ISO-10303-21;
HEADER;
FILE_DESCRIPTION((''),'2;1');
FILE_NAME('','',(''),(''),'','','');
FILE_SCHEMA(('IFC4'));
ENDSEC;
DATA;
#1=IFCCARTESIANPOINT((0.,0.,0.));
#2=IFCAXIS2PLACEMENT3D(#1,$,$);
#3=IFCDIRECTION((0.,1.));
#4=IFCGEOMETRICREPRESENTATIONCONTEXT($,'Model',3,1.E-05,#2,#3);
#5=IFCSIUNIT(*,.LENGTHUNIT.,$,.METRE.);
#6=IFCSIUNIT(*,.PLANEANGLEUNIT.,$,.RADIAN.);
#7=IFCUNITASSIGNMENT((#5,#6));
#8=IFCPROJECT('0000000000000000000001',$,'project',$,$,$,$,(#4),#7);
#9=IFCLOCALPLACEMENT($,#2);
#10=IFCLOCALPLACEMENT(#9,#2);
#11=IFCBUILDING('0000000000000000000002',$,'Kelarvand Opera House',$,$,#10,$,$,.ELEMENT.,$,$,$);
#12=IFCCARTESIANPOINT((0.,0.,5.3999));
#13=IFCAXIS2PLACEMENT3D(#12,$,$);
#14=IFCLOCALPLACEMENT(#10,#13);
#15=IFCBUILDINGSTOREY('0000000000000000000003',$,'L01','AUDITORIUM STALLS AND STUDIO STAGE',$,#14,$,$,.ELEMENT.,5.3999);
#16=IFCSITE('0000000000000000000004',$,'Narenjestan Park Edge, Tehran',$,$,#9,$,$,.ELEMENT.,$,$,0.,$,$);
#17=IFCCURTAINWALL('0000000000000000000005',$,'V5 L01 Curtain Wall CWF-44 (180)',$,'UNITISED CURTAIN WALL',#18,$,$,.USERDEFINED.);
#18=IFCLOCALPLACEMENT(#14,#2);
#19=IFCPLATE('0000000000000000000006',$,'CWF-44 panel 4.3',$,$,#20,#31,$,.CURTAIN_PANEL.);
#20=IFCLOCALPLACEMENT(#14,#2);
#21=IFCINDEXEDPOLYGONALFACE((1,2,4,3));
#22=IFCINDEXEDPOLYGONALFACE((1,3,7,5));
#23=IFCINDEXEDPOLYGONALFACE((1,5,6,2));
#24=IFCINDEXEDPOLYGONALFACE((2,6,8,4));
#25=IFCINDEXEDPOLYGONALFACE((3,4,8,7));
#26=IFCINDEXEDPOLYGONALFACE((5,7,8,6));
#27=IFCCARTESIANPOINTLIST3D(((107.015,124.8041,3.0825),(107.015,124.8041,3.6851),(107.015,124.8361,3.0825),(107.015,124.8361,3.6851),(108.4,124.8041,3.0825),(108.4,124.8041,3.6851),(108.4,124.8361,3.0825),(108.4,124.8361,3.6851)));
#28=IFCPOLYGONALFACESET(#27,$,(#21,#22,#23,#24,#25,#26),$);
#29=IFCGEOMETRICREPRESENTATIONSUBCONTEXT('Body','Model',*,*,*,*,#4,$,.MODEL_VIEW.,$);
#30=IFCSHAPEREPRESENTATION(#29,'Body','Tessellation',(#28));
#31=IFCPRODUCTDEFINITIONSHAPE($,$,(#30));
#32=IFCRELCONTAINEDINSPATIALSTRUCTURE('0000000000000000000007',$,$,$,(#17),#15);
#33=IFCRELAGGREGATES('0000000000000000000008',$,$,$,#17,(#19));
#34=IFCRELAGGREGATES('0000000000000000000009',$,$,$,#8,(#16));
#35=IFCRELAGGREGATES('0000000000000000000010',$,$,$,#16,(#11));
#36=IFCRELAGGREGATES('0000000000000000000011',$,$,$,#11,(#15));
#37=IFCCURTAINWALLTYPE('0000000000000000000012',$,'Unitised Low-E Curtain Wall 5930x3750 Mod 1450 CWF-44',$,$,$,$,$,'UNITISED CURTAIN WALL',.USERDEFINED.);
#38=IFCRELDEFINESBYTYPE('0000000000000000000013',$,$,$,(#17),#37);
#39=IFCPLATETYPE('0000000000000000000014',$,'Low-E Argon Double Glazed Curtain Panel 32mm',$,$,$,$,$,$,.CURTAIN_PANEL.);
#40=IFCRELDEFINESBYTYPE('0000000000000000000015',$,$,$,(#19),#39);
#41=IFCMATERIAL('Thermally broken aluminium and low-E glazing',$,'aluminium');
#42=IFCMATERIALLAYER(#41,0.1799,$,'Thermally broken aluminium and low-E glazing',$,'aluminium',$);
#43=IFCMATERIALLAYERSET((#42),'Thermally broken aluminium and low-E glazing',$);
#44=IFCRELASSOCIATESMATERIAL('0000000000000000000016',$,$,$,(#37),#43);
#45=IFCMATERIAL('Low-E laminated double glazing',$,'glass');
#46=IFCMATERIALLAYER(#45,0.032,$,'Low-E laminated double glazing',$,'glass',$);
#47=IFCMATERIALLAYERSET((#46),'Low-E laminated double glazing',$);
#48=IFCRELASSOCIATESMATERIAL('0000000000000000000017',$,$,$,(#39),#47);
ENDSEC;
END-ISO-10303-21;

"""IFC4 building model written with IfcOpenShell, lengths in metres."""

from ifc_helpers import new_model, si_unit, direction, frame, origin, origin_2d, place, context, subcontext, project, spatial, rectangle, extrude, material, layer, layer_set, type_object, element, aggregate, save


model = new_model("IFC4")

# Units and contexts
model_context = context("Model", 3, precision=1e-05, world=origin(), true_north=direction((0.0, 1.0)))
body_context = subcontext(model_context, "Body", "Model", "MODEL_VIEW")
ifc_project = project(units=[si_unit("LENGTHUNIT", "METRE"), si_unit("PLANEANGLEUNIT", "RADIAN")], contexts=[model_context])

# Site, building, storey
site_placement = place(None, origin())
site = spatial("IfcSite", under=ifc_project, at=site_placement, Name="Narenjestan Park Edge, Tehran", CompositionType="ELEMENT", RefElevation=0.0)
building_placement = place(site_placement, origin())
building = spatial("IfcBuilding", under=site, at=building_placement, Name="Kelarvand Opera House", CompositionType="ELEMENT")
storey_placement = place(building_placement, frame((0.0, 0.0, 5.3999)))
storey = spatial("IfcBuildingStorey", under=building, at=storey_placement, Name="L01", Description="AUDITORIUM STALLS AND STUDIO STAGE", CompositionType="ELEMENT", Elevation=5.3999)

# Curtain wall
ifc_material_1 = material(Name="Thermally broken aluminium and low-E glazing", Category="aluminium")
ifc_layer_1 = layer(ifc_material_1, 0.1799, Name="Thermally broken aluminium and low-E glazing", Category="aluminium")
ifc_layer_set_1 = layer_set([ifc_layer_1], Name="Thermally broken aluminium and low-E glazing")
curtain_wall_type = type_object("IfcCurtainWallType", Name="Unitised Low-E Curtain Wall 5930x3750 Mod 1450 CWF-44", ElementType="UNITISED CURTAIN WALL", PredefinedType="USERDEFINED", material=ifc_layer_set_1)
curtain_wall_placement = place(storey_placement, origin())
curtain_wall = element("IfcCurtainWall", 1, at=curtain_wall_placement, inside=storey, type_object=curtain_wall_type, Name="V5 L01 Curtain Wall CWF-44 (180)", ObjectType="UNITISED CURTAIN WALL", PredefinedType="USERDEFINED")

# Plate
ifc_material_2 = material(Name="Low-E laminated double glazing", Category="glass")
ifc_layer_2 = layer(ifc_material_2, 0.032, Name="Low-E laminated double glazing", Category="glass")
ifc_layer_set_2 = layer_set([ifc_layer_2], Name="Low-E laminated double glazing")
plate_type = type_object("IfcPlateType", Name="Low-E Argon Double Glazed Curtain Panel 32mm", PredefinedType="CURTAIN_PANEL", material=ifc_layer_set_2)
plate_1_placement = place(storey_placement, frame((107.7075, 124.8201, 3.0825), z_axis=(0.0, 0.0, 1.0), x_axis=(1.0, 0.0, 0.0)))
plate_1 = element("IfcPlate", 2, at=plate_1_placement, type_object=plate_type, Name="CWF-44 panel 4.3", PredefinedType="CURTAIN_PANEL", context=body_context, shape_type="SweptSolid", body=[
    extrude(rectangle(XDim=1.385, YDim=0.032, at=origin_2d()), origin(), (0.0, 0.0, 1.0), 0.6025),
])
aggregate(curtain_wall, [plate_1])

save(model, "model.ifc")
